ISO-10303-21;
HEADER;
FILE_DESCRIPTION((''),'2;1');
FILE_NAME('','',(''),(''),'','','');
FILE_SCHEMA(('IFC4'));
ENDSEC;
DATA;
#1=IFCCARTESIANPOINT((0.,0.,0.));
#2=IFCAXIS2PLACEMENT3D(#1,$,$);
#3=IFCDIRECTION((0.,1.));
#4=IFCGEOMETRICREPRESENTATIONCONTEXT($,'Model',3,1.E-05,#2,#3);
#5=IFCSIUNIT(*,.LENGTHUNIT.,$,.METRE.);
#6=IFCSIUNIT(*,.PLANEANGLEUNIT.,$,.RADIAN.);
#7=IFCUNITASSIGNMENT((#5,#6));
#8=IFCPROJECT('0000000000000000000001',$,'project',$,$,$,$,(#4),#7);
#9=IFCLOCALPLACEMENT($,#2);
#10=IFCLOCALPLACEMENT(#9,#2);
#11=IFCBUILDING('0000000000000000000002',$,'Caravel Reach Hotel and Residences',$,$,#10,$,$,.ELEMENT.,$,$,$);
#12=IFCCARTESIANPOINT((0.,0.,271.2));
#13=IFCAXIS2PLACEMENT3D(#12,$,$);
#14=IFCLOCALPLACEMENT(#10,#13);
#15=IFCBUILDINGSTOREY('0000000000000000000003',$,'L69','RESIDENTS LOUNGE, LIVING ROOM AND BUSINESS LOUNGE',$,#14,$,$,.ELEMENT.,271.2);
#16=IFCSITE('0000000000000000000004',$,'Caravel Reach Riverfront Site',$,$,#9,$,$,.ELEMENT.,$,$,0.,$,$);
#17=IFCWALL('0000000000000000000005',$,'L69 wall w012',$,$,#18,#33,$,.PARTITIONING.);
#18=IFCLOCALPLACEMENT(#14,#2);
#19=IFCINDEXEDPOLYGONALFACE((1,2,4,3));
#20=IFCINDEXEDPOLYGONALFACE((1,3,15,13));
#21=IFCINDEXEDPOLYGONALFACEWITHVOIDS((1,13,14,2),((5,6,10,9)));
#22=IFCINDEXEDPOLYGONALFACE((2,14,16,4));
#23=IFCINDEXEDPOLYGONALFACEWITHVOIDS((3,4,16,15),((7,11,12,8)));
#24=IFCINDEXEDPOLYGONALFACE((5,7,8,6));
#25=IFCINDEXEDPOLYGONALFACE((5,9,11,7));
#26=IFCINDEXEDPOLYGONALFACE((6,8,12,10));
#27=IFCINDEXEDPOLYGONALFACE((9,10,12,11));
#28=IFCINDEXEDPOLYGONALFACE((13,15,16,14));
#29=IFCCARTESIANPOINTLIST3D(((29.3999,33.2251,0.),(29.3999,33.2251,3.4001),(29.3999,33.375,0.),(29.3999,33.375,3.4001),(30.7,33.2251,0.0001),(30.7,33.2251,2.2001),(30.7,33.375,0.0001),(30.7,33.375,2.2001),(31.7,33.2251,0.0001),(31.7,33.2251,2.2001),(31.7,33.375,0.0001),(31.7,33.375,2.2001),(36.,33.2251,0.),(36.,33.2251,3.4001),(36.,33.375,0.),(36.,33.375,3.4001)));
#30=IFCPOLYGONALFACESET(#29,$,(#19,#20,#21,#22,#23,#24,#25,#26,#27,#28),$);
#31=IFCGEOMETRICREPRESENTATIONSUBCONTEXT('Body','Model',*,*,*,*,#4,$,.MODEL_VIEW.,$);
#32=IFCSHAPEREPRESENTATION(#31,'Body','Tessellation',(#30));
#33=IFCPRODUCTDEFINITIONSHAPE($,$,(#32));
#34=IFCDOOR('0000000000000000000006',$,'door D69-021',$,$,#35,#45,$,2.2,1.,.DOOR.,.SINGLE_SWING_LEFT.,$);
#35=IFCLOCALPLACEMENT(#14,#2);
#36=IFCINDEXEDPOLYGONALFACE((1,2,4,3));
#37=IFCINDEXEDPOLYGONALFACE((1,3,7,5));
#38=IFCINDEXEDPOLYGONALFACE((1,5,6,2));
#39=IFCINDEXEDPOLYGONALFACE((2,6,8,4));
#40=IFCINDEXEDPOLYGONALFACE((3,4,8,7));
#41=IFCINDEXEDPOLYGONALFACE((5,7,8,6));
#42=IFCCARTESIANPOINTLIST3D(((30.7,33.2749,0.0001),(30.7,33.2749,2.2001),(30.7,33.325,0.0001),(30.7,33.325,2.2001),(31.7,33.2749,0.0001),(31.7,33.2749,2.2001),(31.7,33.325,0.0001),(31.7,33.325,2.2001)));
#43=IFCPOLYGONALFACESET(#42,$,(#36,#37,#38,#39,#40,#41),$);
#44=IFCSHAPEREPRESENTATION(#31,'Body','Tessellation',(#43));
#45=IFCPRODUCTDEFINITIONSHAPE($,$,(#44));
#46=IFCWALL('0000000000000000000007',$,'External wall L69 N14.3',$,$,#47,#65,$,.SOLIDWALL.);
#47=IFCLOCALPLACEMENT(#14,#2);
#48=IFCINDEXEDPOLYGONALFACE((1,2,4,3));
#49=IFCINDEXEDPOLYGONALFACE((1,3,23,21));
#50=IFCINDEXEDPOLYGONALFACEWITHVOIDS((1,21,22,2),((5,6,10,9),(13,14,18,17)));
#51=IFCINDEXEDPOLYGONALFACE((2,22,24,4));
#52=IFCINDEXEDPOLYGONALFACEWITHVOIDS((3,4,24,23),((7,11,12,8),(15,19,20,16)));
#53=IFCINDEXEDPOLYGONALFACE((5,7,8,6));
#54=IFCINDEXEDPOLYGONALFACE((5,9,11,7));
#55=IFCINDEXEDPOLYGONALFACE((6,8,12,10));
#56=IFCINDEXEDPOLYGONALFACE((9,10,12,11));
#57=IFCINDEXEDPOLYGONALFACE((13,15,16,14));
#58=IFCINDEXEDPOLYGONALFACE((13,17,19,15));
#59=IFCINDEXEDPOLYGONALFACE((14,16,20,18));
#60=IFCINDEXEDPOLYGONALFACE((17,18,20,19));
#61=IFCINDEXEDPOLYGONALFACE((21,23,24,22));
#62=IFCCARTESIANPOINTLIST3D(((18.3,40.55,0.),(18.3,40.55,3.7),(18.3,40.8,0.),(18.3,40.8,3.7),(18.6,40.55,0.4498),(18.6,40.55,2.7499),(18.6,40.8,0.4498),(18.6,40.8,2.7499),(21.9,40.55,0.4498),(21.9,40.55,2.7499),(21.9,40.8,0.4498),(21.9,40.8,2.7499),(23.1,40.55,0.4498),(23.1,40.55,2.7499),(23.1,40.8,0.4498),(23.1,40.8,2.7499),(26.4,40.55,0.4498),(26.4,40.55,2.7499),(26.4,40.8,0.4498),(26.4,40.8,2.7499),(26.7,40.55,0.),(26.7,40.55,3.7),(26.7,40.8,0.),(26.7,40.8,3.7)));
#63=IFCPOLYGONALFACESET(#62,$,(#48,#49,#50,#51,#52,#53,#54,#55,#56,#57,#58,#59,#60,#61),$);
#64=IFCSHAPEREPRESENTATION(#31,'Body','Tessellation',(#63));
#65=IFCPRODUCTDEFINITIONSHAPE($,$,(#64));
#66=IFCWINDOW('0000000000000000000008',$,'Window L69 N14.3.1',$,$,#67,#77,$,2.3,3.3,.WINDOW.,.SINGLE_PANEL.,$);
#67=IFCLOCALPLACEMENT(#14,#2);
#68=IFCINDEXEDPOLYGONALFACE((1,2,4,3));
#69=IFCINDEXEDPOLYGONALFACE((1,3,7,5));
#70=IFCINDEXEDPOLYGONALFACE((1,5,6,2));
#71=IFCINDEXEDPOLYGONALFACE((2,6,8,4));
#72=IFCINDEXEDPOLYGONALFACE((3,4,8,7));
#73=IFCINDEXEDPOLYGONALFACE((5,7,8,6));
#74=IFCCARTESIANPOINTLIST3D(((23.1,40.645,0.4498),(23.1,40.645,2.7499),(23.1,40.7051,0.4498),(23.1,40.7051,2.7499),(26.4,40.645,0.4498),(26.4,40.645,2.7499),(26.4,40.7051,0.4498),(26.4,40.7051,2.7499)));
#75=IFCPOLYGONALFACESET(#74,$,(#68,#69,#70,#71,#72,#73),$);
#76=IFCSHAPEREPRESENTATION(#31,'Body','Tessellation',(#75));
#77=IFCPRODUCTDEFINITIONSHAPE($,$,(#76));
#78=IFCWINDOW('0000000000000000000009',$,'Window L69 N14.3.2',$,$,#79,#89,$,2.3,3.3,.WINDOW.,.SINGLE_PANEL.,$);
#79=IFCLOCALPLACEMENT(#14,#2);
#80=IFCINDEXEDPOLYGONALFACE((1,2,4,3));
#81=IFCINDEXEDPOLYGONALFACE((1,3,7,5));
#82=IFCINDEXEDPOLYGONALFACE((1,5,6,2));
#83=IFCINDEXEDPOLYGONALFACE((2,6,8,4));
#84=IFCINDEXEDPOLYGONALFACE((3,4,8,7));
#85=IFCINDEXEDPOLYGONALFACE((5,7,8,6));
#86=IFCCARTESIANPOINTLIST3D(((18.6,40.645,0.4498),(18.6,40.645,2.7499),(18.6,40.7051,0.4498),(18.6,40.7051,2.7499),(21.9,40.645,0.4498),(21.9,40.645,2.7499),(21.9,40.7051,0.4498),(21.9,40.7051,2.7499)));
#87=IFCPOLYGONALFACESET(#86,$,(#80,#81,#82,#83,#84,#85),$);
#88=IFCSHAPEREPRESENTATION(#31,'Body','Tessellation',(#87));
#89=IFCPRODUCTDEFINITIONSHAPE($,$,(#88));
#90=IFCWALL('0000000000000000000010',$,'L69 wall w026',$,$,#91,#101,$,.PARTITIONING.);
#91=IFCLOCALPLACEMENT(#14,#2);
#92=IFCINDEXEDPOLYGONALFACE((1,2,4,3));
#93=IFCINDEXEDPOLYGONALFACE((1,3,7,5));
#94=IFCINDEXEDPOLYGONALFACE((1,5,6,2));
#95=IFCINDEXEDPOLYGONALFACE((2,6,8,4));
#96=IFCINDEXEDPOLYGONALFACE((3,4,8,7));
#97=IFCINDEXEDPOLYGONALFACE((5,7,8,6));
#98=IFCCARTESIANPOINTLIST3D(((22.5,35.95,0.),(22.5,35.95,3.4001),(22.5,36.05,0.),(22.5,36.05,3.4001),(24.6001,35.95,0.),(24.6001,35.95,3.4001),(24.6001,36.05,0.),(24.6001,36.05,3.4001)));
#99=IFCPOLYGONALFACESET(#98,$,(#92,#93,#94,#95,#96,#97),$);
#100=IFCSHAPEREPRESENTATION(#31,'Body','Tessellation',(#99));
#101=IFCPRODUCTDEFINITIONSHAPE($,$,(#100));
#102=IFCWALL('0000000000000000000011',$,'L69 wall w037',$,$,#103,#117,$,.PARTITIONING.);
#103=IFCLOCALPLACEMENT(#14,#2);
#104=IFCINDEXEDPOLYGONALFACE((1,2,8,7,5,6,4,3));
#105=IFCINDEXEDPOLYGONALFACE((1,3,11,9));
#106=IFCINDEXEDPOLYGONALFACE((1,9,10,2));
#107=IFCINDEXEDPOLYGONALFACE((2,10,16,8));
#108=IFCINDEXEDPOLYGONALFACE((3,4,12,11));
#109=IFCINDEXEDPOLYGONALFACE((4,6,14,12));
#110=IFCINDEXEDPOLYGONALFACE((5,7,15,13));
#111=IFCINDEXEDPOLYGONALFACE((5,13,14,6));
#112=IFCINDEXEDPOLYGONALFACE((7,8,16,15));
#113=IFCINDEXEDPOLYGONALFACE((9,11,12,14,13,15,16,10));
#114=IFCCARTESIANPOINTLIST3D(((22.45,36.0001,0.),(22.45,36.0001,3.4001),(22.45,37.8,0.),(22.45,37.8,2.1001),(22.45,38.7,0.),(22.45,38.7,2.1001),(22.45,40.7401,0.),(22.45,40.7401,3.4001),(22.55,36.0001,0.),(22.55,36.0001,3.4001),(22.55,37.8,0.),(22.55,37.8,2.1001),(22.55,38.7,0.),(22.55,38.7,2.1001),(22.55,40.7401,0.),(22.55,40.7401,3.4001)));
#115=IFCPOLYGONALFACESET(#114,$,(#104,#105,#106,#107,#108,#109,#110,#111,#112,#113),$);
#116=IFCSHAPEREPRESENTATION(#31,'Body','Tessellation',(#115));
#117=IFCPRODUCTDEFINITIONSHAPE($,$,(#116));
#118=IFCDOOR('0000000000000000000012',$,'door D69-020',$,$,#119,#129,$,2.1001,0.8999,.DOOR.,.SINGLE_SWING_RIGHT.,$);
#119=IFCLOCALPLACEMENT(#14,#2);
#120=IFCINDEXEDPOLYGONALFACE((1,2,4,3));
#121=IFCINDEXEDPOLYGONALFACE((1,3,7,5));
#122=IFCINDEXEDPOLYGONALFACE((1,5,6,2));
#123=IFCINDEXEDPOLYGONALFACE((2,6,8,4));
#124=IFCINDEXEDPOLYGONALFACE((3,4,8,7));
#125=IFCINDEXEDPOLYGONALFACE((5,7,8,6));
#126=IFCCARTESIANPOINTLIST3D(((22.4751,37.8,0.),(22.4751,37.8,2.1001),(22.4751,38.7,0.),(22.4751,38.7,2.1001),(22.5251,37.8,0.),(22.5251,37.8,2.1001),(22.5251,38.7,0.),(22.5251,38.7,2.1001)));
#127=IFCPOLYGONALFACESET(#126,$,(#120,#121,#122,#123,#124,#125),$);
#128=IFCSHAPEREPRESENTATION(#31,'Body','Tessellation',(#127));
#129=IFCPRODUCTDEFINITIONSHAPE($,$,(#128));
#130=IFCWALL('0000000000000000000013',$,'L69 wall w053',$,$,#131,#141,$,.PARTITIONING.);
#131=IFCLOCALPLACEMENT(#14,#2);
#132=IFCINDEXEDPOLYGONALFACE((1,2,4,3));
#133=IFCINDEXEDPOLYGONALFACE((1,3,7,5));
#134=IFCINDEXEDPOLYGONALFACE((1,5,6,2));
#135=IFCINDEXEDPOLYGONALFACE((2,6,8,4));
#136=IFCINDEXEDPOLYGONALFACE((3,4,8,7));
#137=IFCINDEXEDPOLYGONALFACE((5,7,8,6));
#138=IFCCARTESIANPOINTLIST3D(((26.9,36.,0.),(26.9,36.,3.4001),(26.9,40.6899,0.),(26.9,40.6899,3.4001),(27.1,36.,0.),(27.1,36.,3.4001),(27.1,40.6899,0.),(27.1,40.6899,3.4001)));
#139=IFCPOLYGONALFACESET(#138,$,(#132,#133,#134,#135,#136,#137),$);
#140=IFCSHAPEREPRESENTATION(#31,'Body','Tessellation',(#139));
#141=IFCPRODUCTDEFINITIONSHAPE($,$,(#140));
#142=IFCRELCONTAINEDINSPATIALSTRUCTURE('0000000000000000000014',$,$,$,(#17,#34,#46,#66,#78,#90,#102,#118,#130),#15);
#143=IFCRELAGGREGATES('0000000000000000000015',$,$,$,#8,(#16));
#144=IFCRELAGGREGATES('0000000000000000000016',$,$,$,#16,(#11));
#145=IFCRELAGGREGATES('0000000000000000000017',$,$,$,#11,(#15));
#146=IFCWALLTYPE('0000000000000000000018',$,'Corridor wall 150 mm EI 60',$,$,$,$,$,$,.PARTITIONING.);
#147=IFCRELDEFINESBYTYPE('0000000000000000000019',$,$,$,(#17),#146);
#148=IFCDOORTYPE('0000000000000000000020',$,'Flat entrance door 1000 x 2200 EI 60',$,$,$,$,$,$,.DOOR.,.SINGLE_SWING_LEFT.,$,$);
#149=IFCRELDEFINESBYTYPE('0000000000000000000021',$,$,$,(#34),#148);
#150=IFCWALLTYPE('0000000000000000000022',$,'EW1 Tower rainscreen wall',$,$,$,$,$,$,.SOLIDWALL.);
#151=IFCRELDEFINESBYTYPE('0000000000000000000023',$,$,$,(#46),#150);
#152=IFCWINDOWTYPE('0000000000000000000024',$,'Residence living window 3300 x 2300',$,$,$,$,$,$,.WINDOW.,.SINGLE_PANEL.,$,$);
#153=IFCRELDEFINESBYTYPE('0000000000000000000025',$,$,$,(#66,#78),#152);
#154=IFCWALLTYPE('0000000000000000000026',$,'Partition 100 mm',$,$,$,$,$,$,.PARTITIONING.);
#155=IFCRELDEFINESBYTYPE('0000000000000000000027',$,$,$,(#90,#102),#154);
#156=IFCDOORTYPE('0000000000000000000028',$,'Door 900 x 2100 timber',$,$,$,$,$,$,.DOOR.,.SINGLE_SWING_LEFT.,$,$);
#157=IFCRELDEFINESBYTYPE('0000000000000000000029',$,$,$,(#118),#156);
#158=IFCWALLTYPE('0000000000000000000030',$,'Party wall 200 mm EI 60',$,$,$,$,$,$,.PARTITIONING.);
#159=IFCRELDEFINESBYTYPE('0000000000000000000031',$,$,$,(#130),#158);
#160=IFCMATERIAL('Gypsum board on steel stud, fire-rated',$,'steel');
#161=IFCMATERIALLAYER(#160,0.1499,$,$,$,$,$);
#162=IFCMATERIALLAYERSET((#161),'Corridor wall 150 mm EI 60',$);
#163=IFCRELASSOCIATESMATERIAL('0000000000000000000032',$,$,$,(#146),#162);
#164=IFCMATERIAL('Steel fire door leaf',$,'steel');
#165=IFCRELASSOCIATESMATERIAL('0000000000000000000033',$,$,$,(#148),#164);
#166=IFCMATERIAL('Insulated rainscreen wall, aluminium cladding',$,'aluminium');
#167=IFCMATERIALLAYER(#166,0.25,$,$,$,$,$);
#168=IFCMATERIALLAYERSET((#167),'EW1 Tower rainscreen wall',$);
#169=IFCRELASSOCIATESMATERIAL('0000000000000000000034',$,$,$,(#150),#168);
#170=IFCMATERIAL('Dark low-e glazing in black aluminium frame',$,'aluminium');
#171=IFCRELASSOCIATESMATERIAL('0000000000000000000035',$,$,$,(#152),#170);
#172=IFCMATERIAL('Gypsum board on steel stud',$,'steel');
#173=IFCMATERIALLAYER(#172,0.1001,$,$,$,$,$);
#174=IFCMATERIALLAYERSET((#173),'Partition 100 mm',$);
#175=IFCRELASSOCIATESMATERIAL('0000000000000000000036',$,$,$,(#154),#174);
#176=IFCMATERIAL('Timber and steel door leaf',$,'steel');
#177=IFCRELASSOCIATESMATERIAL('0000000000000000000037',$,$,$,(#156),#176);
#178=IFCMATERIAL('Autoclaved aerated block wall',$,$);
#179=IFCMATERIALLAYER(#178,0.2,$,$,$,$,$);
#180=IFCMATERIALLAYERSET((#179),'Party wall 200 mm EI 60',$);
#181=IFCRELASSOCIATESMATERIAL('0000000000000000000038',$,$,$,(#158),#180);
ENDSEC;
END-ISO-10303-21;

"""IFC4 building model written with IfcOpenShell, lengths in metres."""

from ifc_helpers import new_model, si_unit, direction, frame, frame_2d, origin, place, context, subcontext, project, spatial, rectangle, extrude, material, layer, layer_set, type_object, element, fill, save


model = new_model("IFC4")

# Units and contexts
model_context = context("Model", 3, precision=1e-05, world=origin(), true_north=direction((0.0, 1.0)))
body_context = subcontext(model_context, "Body", "Model", "MODEL_VIEW")
ifc_project = project(units=[si_unit("LENGTHUNIT", "METRE"), si_unit("PLANEANGLEUNIT", "RADIAN")], contexts=[model_context])

# Site, building, storey
site_placement = place(None, origin())
site = spatial("IfcSite", under=ifc_project, at=site_placement, Name="Caravel Reach Riverfront Site", CompositionType="ELEMENT", RefElevation=0.0)
building_placement = place(site_placement, origin())
building = spatial("IfcBuilding", under=site, at=building_placement, Name="Caravel Reach Hotel and Residences", CompositionType="ELEMENT")
storey_placement = place(building_placement, frame((0.0, 0.0, 271.2)))
storey = spatial("IfcBuildingStorey", under=building, at=storey_placement, Name="L69", Description="RESIDENTS LOUNGE, LIVING ROOM AND BUSINESS LOUNGE", CompositionType="ELEMENT", Elevation=271.2)

# Wall, opening, door
ifc_material_1 = material(Name="Gypsum board on steel stud, fire-rated", Category="steel")
ifc_layer_1 = layer(ifc_material_1, 0.1499)
ifc_layer_set_1 = layer_set([ifc_layer_1], Name="Corridor wall 150 mm EI 60")
wall_type_1 = type_object("IfcWallType", Name="Corridor wall 150 mm EI 60", PredefinedType="PARTITIONING", material=ifc_layer_set_1)
wall_1_placement = place(storey_placement, frame((29.3999, 33.3, 0.0), z_axis=(0.0, 0.0, 1.0), x_axis=(1.0, 0.0, 0.0)))
wall_1 = element("IfcWall", 1, at=wall_1_placement, inside=storey, type_object=wall_type_1, Name="L69 wall w012", PredefinedType="PARTITIONING", context=body_context, shape_type="SweptSolid", body=[
    extrude(rectangle(XDim=6.6001, YDim=0.1499, at=frame_2d((3.3, 0.0))), origin(), (0.0, 0.0, 1.0), 3.4001),
])
opening_1_placement = place(wall_1_placement, frame((1.3, 0.0, 0.0)))
opening_1 = element("IfcOpeningElement", 2, at=opening_1_placement, cuts=wall_1, PredefinedType="OPENING", context=body_context, shape_type="SweptSolid", body=[
    extrude(rectangle(XDim=1.0, YDim=2.2, at=frame_2d((0.5, 1.1001))), frame((0.0, 0.085, 0.0), z_axis=(0.0, -1.0, 0.0), x_axis=(1.0, 0.0, 0.0)), (0.0, 0.0, 1.0), 0.1699),
])
ifc_material_2 = material(Name="Steel fire door leaf", Category="steel")
door_type_1 = type_object("IfcDoorType", Name="Flat entrance door 1000 x 2200 EI 60", OperationType="SINGLE_SWING_LEFT", PredefinedType="DOOR", material=ifc_material_2)
door_1_placement = place(opening_1_placement, origin())
door_1 = element("IfcDoor", 3, at=door_1_placement, inside=storey, type_object=door_type_1, Name="door D69-021", OperationType="SINGLE_SWING_LEFT", OverallHeight=2.2, OverallWidth=1.0, PredefinedType="DOOR", context=body_context, shape_type="SweptSolid", body=[
    extrude(rectangle(XDim=1.0, YDim=2.2, at=frame_2d((0.5, 1.1001))), frame((0.0, 0.0249, 0.0), z_axis=(0.0, -1.0, 0.0), x_axis=(1.0, 0.0, 0.0)), (0.0, 0.0, 1.0), 0.05),
])
fill(opening_1, door_1)

# Wall, openings, windows
ifc_material_3 = material(Name="Insulated rainscreen wall, aluminium cladding", Category="aluminium")
ifc_layer_2 = layer(ifc_material_3, 0.25)
ifc_layer_set_2 = layer_set([ifc_layer_2], Name="EW1 Tower rainscreen wall")
wall_type_2 = type_object("IfcWallType", Name="EW1 Tower rainscreen wall", PredefinedType="SOLIDWALL", material=ifc_layer_set_2)
wall_2_placement = place(storey_placement, frame((26.7, 40.675, 0.0), z_axis=(0.0, 0.0, 1.0), x_axis=(-1.0, 0.0, 0.0)))
wall_2 = element("IfcWall", 4, at=wall_2_placement, inside=storey, type_object=wall_type_2, Name="External wall L69 N14.3", PredefinedType="SOLIDWALL", context=body_context, shape_type="SweptSolid", body=[
    extrude(rectangle(XDim=8.3999, YDim=0.25, at=frame_2d((4.2, 0.0))), origin(), (0.0, 0.0, 1.0), 3.7),
])
opening_2_placement = place(wall_2_placement, frame((0.3, 0.0, 0.45)))
opening_2 = element("IfcOpeningElement", 5, at=opening_2_placement, cuts=wall_2, PredefinedType="OPENING", context=body_context, shape_type="SweptSolid", body=[
    extrude(rectangle(XDim=3.3, YDim=2.3, at=frame_2d((1.6499, 1.1499))), frame((0.0, 0.135, 0.0), z_axis=(0.0, -1.0, 0.0), x_axis=(1.0, 0.0, 0.0)), (0.0, 0.0, 1.0), 0.27),
])
opening_3_placement = place(wall_2_placement, frame((4.8, 0.0, 0.45)))
opening_3 = element("IfcOpeningElement", 6, at=opening_3_placement, cuts=wall_2, PredefinedType="OPENING", context=body_context, shape_type="SweptSolid", body=[
    extrude(rectangle(XDim=3.3, YDim=2.3, at=frame_2d((1.6499, 1.1499))), frame((0.0, 0.135, 0.0), z_axis=(0.0, -1.0, 0.0), x_axis=(1.0, 0.0, 0.0)), (0.0, 0.0, 1.0), 0.27),
])
ifc_material_4 = material(Name="Dark low-e glazing in black aluminium frame", Category="aluminium")
window_type = type_object("IfcWindowType", Name="Residence living window 3300 x 2300", PartitioningType="SINGLE_PANEL", PredefinedType="WINDOW", material=ifc_material_4)
window_1_placement = place(opening_2_placement, origin())
window_1 = element("IfcWindow", 7, at=window_1_placement, inside=storey, type_object=window_type, Name="Window L69 N14.3.1", OverallHeight=2.3, OverallWidth=3.3, PartitioningType="SINGLE_PANEL", PredefinedType="WINDOW", context=body_context, shape_type="SweptSolid", body=[
    extrude(rectangle(XDim=3.3, YDim=2.3, at=frame_2d((1.6499, 1.1499))), frame((0.0, 0.03, 0.0), z_axis=(0.0, -1.0, 0.0), x_axis=(1.0, 0.0, 0.0)), (0.0, 0.0, 1.0), 0.0601),
])
fill(opening_2, window_1)
window_2_placement = place(opening_3_placement, origin())
window_2 = element("IfcWindow", 8, at=window_2_placement, inside=storey, type_object=window_type, Name="Window L69 N14.3.2", OverallHeight=2.3, OverallWidth=3.3, PartitioningType="SINGLE_PANEL", PredefinedType="WINDOW", context=body_context, shape_type="SweptSolid", body=[
    extrude(rectangle(XDim=3.3, YDim=2.3, at=frame_2d((1.6499, 1.1499))), frame((0.0, 0.03, 0.0), z_axis=(0.0, -1.0, 0.0), x_axis=(1.0, 0.0, 0.0)), (0.0, 0.0, 1.0), 0.0601),
])
fill(opening_3, window_2)

# Wall
ifc_material_5 = material(Name="Gypsum board on steel stud", Category="steel")
ifc_layer_3 = layer(ifc_material_5, 0.1001)
ifc_layer_set_3 = layer_set([ifc_layer_3], Name="Partition 100 mm")
wall_type_3 = type_object("IfcWallType", Name="Partition 100 mm", PredefinedType="PARTITIONING", material=ifc_layer_set_3)
wall_3_placement = place(storey_placement, frame((22.5, 36.0, 0.0), z_axis=(0.0, 0.0, 1.0), x_axis=(1.0, 0.0, 0.0)))
element("IfcWall", 9, at=wall_3_placement, inside=storey, type_object=wall_type_3, Name="L69 wall w026", PredefinedType="PARTITIONING", context=body_context, shape_type="SweptSolid", body=[
    extrude(rectangle(XDim=2.1001, YDim=0.1001, at=frame_2d((1.05, 0.0))), origin(), (0.0, 0.0, 1.0), 3.4001),
])

# Wall, opening, door
wall_4_placement = place(storey_placement, frame((22.5, 36.0, 0.0), z_axis=(0.0, 0.0, 1.0), x_axis=(0.0, 1.0, 0.0)))
wall_4 = element("IfcWall", 10, at=wall_4_placement, inside=storey, type_object=wall_type_3, Name="L69 wall w037", PredefinedType="PARTITIONING", context=body_context, shape_type="SweptSolid", body=[
    extrude(rectangle(XDim=4.74, YDim=0.1001, at=frame_2d((2.3701, 0.0))), origin(), (0.0, 0.0, 1.0), 3.4001),
])
opening_4_placement = place(wall_4_placement, frame((1.8, 0.0, 0.0)))
opening_4 = element("IfcOpeningElement", 11, at=opening_4_placement, cuts=wall_4, PredefinedType="OPENING", context=body_context, shape_type="SweptSolid", body=[
    extrude(rectangle(XDim=0.8999, YDim=2.1001, at=frame_2d((0.45, 1.05))), frame((0.0, 0.0601, 0.0), z_axis=(0.0, -1.0, 0.0), x_axis=(1.0, 0.0, 0.0)), (0.0, 0.0, 1.0), 0.1201),
])
ifc_material_6 = material(Name="Timber and steel door leaf", Category="steel")
door_type_2 = type_object("IfcDoorType", Name="Door 900 x 2100 timber", OperationType="SINGLE_SWING_LEFT", PredefinedType="DOOR", material=ifc_material_6)
door_2_placement = place(opening_4_placement, origin())
door_2 = element("IfcDoor", 12, at=door_2_placement, inside=storey, type_object=door_type_2, Name="door D69-020", OperationType="SINGLE_SWING_RIGHT", OverallHeight=2.1001, OverallWidth=0.8999, PredefinedType="DOOR", context=body_context, shape_type="SweptSolid", body=[
    extrude(rectangle(XDim=0.8999, YDim=2.1001, at=frame_2d((0.45, 1.05))), frame((0.0, 0.0249, 0.0), z_axis=(0.0, -1.0, 0.0), x_axis=(1.0, 0.0, 0.0)), (0.0, 0.0, 1.0), 0.05),
])
fill(opening_4, door_2)

# Wall
ifc_material_7 = material(Name="Autoclaved aerated block wall")
ifc_layer_4 = layer(ifc_material_7, 0.2)
ifc_layer_set_4 = layer_set([ifc_layer_4], Name="Party wall 200 mm EI 60")
wall_type_4 = type_object("IfcWallType", Name="Party wall 200 mm EI 60", PredefinedType="PARTITIONING", material=ifc_layer_set_4)
wall_5_placement = place(storey_placement, frame((27.0, 36.0, 0.0), z_axis=(0.0, 0.0, 1.0), x_axis=(0.0, 1.0, 0.0)))
element("IfcWall", 13, at=wall_5_placement, inside=storey, type_object=wall_type_4, Name="L69 wall w053", PredefinedType="PARTITIONING", context=body_context, shape_type="SweptSolid", body=[
    extrude(rectangle(XDim=4.6899, YDim=0.2, at=frame_2d((2.345, 0.0))), origin(), (0.0, 0.0, 1.0), 3.4001),
])

save(model, "model.ifc")
